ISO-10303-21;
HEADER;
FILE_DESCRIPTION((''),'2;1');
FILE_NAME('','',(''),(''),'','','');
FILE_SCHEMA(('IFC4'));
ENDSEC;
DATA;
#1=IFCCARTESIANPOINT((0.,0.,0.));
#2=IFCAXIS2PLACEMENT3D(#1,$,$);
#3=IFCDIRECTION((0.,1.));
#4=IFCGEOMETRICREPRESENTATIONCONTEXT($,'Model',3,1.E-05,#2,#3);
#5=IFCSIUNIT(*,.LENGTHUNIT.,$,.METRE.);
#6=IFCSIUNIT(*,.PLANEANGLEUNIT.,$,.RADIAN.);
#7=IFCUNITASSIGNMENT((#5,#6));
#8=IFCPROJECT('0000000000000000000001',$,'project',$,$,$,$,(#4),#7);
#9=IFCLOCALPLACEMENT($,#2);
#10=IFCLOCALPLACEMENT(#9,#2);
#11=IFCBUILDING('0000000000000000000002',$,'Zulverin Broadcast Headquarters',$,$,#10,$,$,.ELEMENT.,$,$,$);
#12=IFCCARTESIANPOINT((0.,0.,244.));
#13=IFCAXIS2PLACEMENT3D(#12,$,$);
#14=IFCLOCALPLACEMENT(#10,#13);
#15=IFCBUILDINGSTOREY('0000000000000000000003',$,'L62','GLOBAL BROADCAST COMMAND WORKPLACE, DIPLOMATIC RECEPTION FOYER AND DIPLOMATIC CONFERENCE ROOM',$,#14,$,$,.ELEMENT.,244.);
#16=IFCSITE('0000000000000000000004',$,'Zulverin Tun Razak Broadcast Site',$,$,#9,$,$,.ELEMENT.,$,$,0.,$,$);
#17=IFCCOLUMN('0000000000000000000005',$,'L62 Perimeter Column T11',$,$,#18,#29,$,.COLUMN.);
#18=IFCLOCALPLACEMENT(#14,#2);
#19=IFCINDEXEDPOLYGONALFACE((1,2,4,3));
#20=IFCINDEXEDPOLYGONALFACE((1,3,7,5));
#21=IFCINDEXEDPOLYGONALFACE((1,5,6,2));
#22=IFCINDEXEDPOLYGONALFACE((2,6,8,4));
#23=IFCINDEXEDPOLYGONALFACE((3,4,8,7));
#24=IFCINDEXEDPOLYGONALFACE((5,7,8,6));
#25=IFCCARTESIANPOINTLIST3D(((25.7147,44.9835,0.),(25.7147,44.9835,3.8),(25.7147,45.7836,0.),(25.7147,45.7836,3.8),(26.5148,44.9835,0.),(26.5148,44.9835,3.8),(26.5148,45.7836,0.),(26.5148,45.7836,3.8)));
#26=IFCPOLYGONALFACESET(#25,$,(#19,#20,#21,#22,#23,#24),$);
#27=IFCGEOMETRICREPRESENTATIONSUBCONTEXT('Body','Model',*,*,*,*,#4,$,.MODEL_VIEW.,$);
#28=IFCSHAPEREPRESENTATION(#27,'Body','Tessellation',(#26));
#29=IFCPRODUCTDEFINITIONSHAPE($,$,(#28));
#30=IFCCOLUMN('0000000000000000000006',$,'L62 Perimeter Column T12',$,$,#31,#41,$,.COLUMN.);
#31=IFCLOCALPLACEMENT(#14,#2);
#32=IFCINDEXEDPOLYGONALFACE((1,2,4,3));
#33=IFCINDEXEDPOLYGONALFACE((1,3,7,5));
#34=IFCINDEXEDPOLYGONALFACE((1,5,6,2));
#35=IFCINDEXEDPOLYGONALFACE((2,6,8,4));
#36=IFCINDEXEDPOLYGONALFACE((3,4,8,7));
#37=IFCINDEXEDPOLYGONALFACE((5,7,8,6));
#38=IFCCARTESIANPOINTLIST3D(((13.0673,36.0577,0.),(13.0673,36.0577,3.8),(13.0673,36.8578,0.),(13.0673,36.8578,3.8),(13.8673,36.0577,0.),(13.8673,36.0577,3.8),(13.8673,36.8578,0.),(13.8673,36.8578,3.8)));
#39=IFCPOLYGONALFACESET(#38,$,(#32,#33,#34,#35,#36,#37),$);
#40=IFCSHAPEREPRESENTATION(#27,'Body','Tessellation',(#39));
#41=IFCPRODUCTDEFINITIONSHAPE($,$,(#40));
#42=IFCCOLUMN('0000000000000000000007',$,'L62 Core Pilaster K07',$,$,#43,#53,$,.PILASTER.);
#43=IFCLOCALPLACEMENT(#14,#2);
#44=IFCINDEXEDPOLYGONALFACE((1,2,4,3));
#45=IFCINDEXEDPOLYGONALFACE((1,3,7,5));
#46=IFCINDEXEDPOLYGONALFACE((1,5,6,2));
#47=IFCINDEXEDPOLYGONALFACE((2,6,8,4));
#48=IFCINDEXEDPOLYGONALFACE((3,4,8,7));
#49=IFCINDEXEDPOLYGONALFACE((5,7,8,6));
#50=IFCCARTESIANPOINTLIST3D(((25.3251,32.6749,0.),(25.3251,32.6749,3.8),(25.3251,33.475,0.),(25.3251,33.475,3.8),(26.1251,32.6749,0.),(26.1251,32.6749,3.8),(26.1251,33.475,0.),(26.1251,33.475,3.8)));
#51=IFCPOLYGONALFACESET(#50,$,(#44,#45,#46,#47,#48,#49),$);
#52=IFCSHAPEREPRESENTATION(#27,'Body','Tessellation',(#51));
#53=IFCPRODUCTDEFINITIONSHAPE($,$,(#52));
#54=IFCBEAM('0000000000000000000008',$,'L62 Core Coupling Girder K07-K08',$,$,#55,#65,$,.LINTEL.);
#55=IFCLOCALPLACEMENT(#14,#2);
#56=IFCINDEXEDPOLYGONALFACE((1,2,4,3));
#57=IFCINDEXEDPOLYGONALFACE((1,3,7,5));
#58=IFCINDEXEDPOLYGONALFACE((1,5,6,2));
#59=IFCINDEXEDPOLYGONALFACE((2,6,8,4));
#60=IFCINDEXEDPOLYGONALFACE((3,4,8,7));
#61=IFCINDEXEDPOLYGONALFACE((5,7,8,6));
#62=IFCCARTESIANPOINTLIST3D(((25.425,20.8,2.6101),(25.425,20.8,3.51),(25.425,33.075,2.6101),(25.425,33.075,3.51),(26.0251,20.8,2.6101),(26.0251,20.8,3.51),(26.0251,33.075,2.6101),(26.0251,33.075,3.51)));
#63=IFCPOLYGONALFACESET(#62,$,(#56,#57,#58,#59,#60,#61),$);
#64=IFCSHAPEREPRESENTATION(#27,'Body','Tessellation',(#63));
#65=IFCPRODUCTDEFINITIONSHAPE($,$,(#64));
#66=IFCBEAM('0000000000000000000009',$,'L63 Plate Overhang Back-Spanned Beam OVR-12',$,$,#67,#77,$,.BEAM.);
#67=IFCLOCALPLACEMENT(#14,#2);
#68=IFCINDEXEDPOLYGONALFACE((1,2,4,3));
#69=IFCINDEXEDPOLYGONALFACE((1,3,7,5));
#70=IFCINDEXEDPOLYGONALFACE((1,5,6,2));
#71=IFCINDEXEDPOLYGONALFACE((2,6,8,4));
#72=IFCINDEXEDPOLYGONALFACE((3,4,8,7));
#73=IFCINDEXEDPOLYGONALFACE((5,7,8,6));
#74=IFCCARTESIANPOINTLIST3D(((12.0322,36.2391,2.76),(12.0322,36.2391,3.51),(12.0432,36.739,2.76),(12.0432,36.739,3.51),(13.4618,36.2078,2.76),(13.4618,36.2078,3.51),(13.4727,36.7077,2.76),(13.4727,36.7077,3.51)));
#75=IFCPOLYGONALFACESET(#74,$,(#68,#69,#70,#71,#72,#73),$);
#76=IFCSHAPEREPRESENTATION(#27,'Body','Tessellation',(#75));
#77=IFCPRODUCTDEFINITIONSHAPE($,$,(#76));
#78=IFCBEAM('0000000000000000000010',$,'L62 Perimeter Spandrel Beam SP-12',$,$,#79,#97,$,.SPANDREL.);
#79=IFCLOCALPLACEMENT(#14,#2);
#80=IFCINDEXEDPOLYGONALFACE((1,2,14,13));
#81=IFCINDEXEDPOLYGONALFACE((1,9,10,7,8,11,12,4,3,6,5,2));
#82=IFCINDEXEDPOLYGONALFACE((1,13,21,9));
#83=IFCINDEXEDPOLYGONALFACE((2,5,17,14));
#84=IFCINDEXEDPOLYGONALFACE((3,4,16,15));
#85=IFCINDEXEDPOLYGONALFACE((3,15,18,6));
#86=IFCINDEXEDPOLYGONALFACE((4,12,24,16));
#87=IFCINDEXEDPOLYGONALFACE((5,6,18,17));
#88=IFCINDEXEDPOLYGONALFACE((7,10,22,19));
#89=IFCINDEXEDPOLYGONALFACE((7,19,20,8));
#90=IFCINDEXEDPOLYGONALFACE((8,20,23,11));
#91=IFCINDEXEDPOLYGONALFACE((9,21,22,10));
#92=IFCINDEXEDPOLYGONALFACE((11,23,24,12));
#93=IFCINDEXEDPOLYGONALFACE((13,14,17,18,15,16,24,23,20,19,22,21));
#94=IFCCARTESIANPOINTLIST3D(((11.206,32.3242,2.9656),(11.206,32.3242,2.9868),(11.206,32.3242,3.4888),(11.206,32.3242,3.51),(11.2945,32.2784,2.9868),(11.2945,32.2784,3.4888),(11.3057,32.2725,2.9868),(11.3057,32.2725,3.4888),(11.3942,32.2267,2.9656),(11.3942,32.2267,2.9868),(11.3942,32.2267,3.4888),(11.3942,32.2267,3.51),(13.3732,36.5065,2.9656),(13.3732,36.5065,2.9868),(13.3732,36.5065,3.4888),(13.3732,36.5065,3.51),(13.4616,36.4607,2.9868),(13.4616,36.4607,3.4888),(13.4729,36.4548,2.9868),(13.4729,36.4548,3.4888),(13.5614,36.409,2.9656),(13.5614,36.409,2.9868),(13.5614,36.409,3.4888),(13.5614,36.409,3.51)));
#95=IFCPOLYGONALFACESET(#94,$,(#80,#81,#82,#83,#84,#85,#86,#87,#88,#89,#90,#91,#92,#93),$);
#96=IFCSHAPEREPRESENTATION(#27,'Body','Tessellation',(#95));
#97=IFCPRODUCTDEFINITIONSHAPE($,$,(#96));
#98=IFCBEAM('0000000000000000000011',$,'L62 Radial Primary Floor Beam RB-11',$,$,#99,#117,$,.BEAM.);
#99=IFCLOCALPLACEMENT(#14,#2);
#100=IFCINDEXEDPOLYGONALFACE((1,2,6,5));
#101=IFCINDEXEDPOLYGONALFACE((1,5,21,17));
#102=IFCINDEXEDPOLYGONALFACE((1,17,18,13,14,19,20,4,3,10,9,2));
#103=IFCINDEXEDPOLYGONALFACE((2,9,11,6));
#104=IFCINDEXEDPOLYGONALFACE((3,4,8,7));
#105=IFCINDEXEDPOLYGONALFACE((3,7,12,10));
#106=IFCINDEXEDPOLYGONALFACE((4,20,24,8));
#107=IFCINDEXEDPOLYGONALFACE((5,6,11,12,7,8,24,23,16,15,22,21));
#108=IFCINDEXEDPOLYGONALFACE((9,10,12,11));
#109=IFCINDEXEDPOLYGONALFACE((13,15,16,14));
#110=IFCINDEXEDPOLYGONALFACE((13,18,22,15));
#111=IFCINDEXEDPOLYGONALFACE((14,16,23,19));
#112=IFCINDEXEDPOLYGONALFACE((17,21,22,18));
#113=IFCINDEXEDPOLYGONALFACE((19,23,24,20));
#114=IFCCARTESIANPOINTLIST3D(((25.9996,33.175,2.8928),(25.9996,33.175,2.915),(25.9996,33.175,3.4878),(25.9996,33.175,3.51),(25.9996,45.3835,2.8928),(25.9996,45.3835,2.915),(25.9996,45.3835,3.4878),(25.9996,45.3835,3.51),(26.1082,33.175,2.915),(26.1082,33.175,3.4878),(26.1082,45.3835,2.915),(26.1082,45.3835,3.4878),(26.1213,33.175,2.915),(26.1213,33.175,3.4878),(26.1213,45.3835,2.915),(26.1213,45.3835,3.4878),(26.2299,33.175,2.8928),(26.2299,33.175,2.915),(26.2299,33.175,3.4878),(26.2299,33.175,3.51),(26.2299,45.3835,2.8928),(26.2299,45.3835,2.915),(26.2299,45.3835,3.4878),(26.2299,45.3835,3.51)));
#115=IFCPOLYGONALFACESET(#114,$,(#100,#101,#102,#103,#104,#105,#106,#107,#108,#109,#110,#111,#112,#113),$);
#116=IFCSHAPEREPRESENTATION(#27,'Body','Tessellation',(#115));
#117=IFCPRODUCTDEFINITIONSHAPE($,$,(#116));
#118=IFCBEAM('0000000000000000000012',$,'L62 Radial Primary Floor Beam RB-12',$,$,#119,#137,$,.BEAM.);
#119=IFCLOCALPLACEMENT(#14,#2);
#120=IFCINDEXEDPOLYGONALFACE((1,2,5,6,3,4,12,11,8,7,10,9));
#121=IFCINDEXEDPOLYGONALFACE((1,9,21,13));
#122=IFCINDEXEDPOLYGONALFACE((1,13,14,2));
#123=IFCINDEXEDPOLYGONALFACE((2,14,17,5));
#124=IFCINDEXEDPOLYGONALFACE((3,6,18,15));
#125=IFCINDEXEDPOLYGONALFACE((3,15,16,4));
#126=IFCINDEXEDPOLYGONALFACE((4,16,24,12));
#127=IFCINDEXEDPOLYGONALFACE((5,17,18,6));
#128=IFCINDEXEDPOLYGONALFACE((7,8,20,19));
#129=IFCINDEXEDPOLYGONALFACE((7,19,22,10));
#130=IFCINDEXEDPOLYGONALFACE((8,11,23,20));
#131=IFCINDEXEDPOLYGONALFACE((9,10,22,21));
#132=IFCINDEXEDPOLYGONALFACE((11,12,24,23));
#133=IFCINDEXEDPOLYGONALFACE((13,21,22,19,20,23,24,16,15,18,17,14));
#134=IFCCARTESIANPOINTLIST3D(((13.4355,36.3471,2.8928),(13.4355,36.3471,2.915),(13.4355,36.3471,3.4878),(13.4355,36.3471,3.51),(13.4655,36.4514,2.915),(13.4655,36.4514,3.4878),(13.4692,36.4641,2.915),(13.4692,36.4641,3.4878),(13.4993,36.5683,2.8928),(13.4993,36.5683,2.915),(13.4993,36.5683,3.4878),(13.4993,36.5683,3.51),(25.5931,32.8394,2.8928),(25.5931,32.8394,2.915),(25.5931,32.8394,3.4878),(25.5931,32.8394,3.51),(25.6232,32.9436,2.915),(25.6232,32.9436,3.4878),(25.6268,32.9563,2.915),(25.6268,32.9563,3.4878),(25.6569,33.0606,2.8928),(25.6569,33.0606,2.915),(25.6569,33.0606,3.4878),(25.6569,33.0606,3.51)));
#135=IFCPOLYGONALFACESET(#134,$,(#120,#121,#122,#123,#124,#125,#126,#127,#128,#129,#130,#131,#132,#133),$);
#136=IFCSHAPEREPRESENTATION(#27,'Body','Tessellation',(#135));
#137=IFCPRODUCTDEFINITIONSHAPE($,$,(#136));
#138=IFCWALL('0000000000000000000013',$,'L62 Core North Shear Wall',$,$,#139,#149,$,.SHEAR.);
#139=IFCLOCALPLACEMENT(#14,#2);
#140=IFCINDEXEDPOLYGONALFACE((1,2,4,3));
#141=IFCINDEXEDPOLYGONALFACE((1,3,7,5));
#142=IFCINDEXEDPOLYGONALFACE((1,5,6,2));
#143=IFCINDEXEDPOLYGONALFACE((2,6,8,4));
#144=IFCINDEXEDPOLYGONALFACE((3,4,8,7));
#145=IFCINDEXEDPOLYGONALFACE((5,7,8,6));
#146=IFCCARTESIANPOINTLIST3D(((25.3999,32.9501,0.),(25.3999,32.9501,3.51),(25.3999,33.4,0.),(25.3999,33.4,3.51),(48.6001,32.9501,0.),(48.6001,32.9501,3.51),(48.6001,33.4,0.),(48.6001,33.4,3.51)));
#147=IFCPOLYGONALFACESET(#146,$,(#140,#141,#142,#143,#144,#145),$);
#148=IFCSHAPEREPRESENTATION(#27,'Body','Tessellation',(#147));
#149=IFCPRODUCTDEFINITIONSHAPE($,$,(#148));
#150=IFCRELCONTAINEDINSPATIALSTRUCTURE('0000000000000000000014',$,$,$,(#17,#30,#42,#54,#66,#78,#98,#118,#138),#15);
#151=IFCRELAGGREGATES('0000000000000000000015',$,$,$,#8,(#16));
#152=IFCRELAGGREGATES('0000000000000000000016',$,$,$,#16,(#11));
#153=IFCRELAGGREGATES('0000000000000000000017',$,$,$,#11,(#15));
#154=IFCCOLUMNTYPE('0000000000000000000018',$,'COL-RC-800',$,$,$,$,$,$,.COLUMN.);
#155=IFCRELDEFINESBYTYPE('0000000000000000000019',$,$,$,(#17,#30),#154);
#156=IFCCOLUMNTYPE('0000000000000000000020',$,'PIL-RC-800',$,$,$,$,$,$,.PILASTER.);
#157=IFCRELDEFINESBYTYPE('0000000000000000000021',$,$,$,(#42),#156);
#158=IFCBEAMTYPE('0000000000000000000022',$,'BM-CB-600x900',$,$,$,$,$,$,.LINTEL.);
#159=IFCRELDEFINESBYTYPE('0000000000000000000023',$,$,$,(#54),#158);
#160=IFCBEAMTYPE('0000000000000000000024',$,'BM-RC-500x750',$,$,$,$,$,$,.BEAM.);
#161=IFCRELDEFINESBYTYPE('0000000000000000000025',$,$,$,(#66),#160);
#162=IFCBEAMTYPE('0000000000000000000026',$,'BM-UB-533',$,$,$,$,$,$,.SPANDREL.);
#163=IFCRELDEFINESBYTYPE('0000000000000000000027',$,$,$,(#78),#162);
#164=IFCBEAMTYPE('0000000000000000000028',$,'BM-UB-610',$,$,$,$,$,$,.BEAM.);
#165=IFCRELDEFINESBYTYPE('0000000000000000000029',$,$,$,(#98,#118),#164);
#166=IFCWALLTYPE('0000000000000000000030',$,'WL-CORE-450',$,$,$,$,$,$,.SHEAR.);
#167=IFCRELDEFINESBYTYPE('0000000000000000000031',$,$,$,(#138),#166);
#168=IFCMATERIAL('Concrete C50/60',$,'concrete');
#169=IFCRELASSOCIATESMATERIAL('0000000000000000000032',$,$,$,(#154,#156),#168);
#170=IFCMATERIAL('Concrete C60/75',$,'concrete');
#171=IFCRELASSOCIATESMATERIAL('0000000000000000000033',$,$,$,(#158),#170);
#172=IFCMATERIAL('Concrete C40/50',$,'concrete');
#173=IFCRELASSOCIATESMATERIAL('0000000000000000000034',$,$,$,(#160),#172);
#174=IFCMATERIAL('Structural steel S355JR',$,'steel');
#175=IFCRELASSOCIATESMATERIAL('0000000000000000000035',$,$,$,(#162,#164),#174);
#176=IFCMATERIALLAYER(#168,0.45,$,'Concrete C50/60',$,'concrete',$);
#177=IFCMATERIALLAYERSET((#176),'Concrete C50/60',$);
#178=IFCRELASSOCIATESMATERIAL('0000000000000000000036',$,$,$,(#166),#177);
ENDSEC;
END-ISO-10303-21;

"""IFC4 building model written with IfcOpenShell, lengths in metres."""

from ifc_helpers import new_model, si_unit, direction, frame, frame_2d, origin, origin_2d, place, context, subcontext, project, spatial, rectangle, i_section, extrude, material, layer, layer_set, material_profile, profile_set, type_object, element, save


model = new_model("IFC4")

# Units and contexts
model_context = context("Model", 3, precision=1e-05, world=origin(), true_north=direction((0.0, 1.0)))
body_context = subcontext(model_context, "Body", "Model", "MODEL_VIEW")
ifc_project = project(units=[si_unit("LENGTHUNIT", "METRE"), si_unit("PLANEANGLEUNIT", "RADIAN")], contexts=[model_context])

# Site, building, storey
site_placement = place(None, origin())
site = spatial("IfcSite", under=ifc_project, at=site_placement, Name="Zulverin Tun Razak Broadcast Site", CompositionType="ELEMENT", RefElevation=0.0)
building_placement = place(site_placement, origin())
building = spatial("IfcBuilding", under=site, at=building_placement, Name="Zulverin Broadcast Headquarters", CompositionType="ELEMENT")
storey_placement = place(building_placement, frame((0.0, 0.0, 244.0)))
storey = spatial("IfcBuildingStorey", under=building, at=storey_placement, Name="L62", Description="GLOBAL BROADCAST COMMAND WORKPLACE, DIPLOMATIC RECEPTION FOYER AND DIPLOMATIC CONFERENCE ROOM", CompositionType="ELEMENT", Elevation=244.0)

# Columns
ifc_material_1 = material(Name="Concrete C50/60", Category="concrete")
ifc_material_profile_1 = material_profile(ifc_material_1, rectangle(XDim=0.8, YDim=0.8, at=origin_2d()), Name="Concrete C50/60", Category="concrete")
ifc_profile_set_1 = profile_set([ifc_material_profile_1], Name="Concrete C50/60")
column_type_1 = type_object("IfcColumnType", Name="COL-RC-800", PredefinedType="COLUMN", material=ifc_profile_set_1)
for number, where, z_axis, x_axis, name in (
    (1, (26.1147, 45.3835, 0.0), (0.0, 0.0, 1.0), (1.0, 0.0, 0.0), "L62 Perimeter Column T11"),
    (2, (13.4673, 36.4578, 0.0), (0.0, 0.0, 1.0), (1.0, 0.0, 0.0), "L62 Perimeter Column T12"),
):
    element("IfcColumn", number, at=place(storey_placement, frame(where, z_axis=z_axis, x_axis=x_axis)), inside=storey, type_object=column_type_1, Name=name, PredefinedType="COLUMN", context=body_context, shape_type="SweptSolid", body=[
        extrude(rectangle(XDim=0.8, YDim=0.8, at=origin_2d()), origin(), (0.0, 0.0, 1.0), 3.8),
    ])
ifc_material_profile_2 = material_profile(ifc_material_1, rectangle(XDim=0.8, YDim=0.8, at=origin_2d()), Name="Concrete C50/60", Category="concrete")
ifc_profile_set_2 = profile_set([ifc_material_profile_2], Name="Concrete C50/60")
column_type_2 = type_object("IfcColumnType", Name="PIL-RC-800", PredefinedType="PILASTER", material=ifc_profile_set_2)
column_placement = place(storey_placement, frame((25.7251, 33.075, 0.0), z_axis=(0.0, 0.0, 1.0), x_axis=(1.0, 0.0, 0.0)))
element("IfcColumn", 3, at=column_placement, inside=storey, type_object=column_type_2, Name="L62 Core Pilaster K07", PredefinedType="PILASTER", context=body_context, shape_type="SweptSolid", body=[
    extrude(rectangle(XDim=0.8, YDim=0.8, at=origin_2d()), origin(), (0.0, 0.0, 1.0), 3.8),
])

# Beams
ifc_material_2 = material(Name="Concrete C60/75", Category="concrete")
ifc_material_profile_3 = material_profile(ifc_material_2, rectangle(XDim=0.6001, YDim=0.8999, at=origin_2d()), Name="Concrete C60/75", Category="concrete")
ifc_profile_set_3 = profile_set([ifc_material_profile_3], Name="Concrete C60/75")
beam_type_1 = type_object("IfcBeamType", Name="BM-CB-600x900", PredefinedType="LINTEL", material=ifc_profile_set_3)
beam_1_placement = place(storey_placement, frame((25.7251, 33.075, 3.0601), z_axis=(0.0, -1.0, 0.0), x_axis=(1.0, 0.0, 0.0)))
element("IfcBeam", 4, at=beam_1_placement, inside=storey, type_object=beam_type_1, Name="L62 Core Coupling Girder K07-K08", PredefinedType="LINTEL", context=body_context, shape_type="SweptSolid", body=[
    extrude(rectangle(XDim=0.6001, YDim=0.8999, at=origin_2d()), origin(), (0.0, 0.0, 1.0), 12.2749),
])
ifc_material_3 = material(Name="Concrete C40/50", Category="concrete")
ifc_material_profile_4 = material_profile(ifc_material_3, rectangle(XDim=0.5, YDim=0.75, at=origin_2d()), Name="Concrete C40/50", Category="concrete")
ifc_profile_set_4 = profile_set([ifc_material_profile_4], Name="Concrete C40/50")
beam_type_2 = type_object("IfcBeamType", Name="BM-RC-500x750", PredefinedType="BEAM", material=ifc_profile_set_4)
beam_2_placement = place(storey_placement, frame((13.4673, 36.4578, 3.135), z_axis=(-0.999761, 0.021853, 0.0), x_axis=(-0.021853, -0.999761, 0.0)))
element("IfcBeam", 5, at=beam_2_placement, inside=storey, type_object=beam_type_2, Name="L63 Plate Overhang Back-Spanned Beam OVR-12", PredefinedType="BEAM", context=body_context, shape_type="SweptSolid", body=[
    extrude(rectangle(XDim=0.5, YDim=0.75, at=origin_2d()), origin(), (0.0, 0.0, 1.0), 1.4299),
])
ifc_material_4 = material(Name="Structural steel S355JR", Category="steel")
ifc_material_profile_5 = material_profile(ifc_material_4, i_section(OverallWidth=0.2119, OverallDepth=0.5444, WebThickness=0.0127, FlangeThickness=0.0212, at=origin_2d()), Name="Structural steel S355JR", Category="steel")
ifc_profile_set_5 = profile_set([ifc_material_profile_5], Name="Structural steel S355JR")
beam_type_3 = type_object("IfcBeamType", Name="BM-UB-533", PredefinedType="SPANDREL", material=ifc_profile_set_5)
beam_3_placement = place(storey_placement, frame((13.4673, 36.4578, 3.2378), z_axis=(-0.460083, -0.887876, 0.0), x_axis=(0.887876, -0.460083, 0.0)))
element("IfcBeam", 6, at=beam_3_placement, inside=storey, type_object=beam_type_3, Name="L62 Perimeter Spandrel Beam SP-12", PredefinedType="SPANDREL", context=body_context, shape_type="SweptSolid", body=[
    extrude(i_section(OverallWidth=0.2119, OverallDepth=0.5444, WebThickness=0.0127, FlangeThickness=0.0212, at=origin_2d()), origin(), (0.0, 0.0, 1.0), 4.7104),
])
ifc_material_profile_6 = material_profile(ifc_material_4, i_section(OverallWidth=0.2302, OverallDepth=0.6172, WebThickness=0.0132, FlangeThickness=0.0222, at=origin_2d()), Name="Structural steel S355JR", Category="steel")
ifc_profile_set_6 = profile_set([ifc_material_profile_6], Name="Structural steel S355JR")
beam_type_4 = type_object("IfcBeamType", Name="BM-UB-610", PredefinedType="BEAM", material=ifc_profile_set_6)
beam_4_placement = place(storey_placement, frame((26.1147, 33.175, 3.2014), z_axis=(0.0, 1.0, 0.0), x_axis=(-1.0, 0.0, 0.0)))
element("IfcBeam", 7, at=beam_4_placement, inside=storey, type_object=beam_type_4, Name="L62 Radial Primary Floor Beam RB-11", PredefinedType="BEAM", context=body_context, shape_type="SweptSolid", body=[
    extrude(i_section(OverallWidth=0.2302, OverallDepth=0.6172, WebThickness=0.0132, FlangeThickness=0.0222, at=origin_2d()), origin(), (0.0, 0.0, 1.0), 12.2085),
])
beam_5_placement = place(storey_placement, frame((25.625, 32.95, 3.2014), z_axis=(-0.960807, 0.277218, 0.0), x_axis=(-0.277218, -0.960807, 0.0)))
element("IfcBeam", 8, at=beam_5_placement, inside=storey, type_object=beam_type_4, Name="L62 Radial Primary Floor Beam RB-12", PredefinedType="BEAM", context=body_context, shape_type="SweptSolid", body=[
    extrude(i_section(OverallWidth=0.2302, OverallDepth=0.6172, WebThickness=0.0132, FlangeThickness=0.0222, at=origin_2d()), origin(), (0.0, 0.0, 1.0), 12.6536),
])

# Wall
ifc_layer_1 = layer(ifc_material_1, 0.45, Name="Concrete C50/60", Category="concrete")
ifc_layer_set_1 = layer_set([ifc_layer_1], Name="Concrete C50/60")
wall_type_1 = type_object("IfcWallType", Name="WL-CORE-450", PredefinedType="SHEAR", material=ifc_layer_set_1)
wall_1_placement = place(storey_placement, frame((25.3999, 33.175, 0.0), z_axis=(0.0, 0.0, 1.0), x_axis=(1.0, 0.0, 0.0)))
element("IfcWall", 9, at=wall_1_placement, inside=storey, type_object=wall_type_1, Name="L62 Core North Shear Wall", PredefinedType="SHEAR", context=body_context, shape_type="SweptSolid", body=[
    extrude(rectangle(XDim=23.2002, YDim=0.45, at=frame_2d((11.6001, 0.0))), origin(), (0.0, 0.0, 1.0), 3.51),
])

save(model, "model.ifc")
